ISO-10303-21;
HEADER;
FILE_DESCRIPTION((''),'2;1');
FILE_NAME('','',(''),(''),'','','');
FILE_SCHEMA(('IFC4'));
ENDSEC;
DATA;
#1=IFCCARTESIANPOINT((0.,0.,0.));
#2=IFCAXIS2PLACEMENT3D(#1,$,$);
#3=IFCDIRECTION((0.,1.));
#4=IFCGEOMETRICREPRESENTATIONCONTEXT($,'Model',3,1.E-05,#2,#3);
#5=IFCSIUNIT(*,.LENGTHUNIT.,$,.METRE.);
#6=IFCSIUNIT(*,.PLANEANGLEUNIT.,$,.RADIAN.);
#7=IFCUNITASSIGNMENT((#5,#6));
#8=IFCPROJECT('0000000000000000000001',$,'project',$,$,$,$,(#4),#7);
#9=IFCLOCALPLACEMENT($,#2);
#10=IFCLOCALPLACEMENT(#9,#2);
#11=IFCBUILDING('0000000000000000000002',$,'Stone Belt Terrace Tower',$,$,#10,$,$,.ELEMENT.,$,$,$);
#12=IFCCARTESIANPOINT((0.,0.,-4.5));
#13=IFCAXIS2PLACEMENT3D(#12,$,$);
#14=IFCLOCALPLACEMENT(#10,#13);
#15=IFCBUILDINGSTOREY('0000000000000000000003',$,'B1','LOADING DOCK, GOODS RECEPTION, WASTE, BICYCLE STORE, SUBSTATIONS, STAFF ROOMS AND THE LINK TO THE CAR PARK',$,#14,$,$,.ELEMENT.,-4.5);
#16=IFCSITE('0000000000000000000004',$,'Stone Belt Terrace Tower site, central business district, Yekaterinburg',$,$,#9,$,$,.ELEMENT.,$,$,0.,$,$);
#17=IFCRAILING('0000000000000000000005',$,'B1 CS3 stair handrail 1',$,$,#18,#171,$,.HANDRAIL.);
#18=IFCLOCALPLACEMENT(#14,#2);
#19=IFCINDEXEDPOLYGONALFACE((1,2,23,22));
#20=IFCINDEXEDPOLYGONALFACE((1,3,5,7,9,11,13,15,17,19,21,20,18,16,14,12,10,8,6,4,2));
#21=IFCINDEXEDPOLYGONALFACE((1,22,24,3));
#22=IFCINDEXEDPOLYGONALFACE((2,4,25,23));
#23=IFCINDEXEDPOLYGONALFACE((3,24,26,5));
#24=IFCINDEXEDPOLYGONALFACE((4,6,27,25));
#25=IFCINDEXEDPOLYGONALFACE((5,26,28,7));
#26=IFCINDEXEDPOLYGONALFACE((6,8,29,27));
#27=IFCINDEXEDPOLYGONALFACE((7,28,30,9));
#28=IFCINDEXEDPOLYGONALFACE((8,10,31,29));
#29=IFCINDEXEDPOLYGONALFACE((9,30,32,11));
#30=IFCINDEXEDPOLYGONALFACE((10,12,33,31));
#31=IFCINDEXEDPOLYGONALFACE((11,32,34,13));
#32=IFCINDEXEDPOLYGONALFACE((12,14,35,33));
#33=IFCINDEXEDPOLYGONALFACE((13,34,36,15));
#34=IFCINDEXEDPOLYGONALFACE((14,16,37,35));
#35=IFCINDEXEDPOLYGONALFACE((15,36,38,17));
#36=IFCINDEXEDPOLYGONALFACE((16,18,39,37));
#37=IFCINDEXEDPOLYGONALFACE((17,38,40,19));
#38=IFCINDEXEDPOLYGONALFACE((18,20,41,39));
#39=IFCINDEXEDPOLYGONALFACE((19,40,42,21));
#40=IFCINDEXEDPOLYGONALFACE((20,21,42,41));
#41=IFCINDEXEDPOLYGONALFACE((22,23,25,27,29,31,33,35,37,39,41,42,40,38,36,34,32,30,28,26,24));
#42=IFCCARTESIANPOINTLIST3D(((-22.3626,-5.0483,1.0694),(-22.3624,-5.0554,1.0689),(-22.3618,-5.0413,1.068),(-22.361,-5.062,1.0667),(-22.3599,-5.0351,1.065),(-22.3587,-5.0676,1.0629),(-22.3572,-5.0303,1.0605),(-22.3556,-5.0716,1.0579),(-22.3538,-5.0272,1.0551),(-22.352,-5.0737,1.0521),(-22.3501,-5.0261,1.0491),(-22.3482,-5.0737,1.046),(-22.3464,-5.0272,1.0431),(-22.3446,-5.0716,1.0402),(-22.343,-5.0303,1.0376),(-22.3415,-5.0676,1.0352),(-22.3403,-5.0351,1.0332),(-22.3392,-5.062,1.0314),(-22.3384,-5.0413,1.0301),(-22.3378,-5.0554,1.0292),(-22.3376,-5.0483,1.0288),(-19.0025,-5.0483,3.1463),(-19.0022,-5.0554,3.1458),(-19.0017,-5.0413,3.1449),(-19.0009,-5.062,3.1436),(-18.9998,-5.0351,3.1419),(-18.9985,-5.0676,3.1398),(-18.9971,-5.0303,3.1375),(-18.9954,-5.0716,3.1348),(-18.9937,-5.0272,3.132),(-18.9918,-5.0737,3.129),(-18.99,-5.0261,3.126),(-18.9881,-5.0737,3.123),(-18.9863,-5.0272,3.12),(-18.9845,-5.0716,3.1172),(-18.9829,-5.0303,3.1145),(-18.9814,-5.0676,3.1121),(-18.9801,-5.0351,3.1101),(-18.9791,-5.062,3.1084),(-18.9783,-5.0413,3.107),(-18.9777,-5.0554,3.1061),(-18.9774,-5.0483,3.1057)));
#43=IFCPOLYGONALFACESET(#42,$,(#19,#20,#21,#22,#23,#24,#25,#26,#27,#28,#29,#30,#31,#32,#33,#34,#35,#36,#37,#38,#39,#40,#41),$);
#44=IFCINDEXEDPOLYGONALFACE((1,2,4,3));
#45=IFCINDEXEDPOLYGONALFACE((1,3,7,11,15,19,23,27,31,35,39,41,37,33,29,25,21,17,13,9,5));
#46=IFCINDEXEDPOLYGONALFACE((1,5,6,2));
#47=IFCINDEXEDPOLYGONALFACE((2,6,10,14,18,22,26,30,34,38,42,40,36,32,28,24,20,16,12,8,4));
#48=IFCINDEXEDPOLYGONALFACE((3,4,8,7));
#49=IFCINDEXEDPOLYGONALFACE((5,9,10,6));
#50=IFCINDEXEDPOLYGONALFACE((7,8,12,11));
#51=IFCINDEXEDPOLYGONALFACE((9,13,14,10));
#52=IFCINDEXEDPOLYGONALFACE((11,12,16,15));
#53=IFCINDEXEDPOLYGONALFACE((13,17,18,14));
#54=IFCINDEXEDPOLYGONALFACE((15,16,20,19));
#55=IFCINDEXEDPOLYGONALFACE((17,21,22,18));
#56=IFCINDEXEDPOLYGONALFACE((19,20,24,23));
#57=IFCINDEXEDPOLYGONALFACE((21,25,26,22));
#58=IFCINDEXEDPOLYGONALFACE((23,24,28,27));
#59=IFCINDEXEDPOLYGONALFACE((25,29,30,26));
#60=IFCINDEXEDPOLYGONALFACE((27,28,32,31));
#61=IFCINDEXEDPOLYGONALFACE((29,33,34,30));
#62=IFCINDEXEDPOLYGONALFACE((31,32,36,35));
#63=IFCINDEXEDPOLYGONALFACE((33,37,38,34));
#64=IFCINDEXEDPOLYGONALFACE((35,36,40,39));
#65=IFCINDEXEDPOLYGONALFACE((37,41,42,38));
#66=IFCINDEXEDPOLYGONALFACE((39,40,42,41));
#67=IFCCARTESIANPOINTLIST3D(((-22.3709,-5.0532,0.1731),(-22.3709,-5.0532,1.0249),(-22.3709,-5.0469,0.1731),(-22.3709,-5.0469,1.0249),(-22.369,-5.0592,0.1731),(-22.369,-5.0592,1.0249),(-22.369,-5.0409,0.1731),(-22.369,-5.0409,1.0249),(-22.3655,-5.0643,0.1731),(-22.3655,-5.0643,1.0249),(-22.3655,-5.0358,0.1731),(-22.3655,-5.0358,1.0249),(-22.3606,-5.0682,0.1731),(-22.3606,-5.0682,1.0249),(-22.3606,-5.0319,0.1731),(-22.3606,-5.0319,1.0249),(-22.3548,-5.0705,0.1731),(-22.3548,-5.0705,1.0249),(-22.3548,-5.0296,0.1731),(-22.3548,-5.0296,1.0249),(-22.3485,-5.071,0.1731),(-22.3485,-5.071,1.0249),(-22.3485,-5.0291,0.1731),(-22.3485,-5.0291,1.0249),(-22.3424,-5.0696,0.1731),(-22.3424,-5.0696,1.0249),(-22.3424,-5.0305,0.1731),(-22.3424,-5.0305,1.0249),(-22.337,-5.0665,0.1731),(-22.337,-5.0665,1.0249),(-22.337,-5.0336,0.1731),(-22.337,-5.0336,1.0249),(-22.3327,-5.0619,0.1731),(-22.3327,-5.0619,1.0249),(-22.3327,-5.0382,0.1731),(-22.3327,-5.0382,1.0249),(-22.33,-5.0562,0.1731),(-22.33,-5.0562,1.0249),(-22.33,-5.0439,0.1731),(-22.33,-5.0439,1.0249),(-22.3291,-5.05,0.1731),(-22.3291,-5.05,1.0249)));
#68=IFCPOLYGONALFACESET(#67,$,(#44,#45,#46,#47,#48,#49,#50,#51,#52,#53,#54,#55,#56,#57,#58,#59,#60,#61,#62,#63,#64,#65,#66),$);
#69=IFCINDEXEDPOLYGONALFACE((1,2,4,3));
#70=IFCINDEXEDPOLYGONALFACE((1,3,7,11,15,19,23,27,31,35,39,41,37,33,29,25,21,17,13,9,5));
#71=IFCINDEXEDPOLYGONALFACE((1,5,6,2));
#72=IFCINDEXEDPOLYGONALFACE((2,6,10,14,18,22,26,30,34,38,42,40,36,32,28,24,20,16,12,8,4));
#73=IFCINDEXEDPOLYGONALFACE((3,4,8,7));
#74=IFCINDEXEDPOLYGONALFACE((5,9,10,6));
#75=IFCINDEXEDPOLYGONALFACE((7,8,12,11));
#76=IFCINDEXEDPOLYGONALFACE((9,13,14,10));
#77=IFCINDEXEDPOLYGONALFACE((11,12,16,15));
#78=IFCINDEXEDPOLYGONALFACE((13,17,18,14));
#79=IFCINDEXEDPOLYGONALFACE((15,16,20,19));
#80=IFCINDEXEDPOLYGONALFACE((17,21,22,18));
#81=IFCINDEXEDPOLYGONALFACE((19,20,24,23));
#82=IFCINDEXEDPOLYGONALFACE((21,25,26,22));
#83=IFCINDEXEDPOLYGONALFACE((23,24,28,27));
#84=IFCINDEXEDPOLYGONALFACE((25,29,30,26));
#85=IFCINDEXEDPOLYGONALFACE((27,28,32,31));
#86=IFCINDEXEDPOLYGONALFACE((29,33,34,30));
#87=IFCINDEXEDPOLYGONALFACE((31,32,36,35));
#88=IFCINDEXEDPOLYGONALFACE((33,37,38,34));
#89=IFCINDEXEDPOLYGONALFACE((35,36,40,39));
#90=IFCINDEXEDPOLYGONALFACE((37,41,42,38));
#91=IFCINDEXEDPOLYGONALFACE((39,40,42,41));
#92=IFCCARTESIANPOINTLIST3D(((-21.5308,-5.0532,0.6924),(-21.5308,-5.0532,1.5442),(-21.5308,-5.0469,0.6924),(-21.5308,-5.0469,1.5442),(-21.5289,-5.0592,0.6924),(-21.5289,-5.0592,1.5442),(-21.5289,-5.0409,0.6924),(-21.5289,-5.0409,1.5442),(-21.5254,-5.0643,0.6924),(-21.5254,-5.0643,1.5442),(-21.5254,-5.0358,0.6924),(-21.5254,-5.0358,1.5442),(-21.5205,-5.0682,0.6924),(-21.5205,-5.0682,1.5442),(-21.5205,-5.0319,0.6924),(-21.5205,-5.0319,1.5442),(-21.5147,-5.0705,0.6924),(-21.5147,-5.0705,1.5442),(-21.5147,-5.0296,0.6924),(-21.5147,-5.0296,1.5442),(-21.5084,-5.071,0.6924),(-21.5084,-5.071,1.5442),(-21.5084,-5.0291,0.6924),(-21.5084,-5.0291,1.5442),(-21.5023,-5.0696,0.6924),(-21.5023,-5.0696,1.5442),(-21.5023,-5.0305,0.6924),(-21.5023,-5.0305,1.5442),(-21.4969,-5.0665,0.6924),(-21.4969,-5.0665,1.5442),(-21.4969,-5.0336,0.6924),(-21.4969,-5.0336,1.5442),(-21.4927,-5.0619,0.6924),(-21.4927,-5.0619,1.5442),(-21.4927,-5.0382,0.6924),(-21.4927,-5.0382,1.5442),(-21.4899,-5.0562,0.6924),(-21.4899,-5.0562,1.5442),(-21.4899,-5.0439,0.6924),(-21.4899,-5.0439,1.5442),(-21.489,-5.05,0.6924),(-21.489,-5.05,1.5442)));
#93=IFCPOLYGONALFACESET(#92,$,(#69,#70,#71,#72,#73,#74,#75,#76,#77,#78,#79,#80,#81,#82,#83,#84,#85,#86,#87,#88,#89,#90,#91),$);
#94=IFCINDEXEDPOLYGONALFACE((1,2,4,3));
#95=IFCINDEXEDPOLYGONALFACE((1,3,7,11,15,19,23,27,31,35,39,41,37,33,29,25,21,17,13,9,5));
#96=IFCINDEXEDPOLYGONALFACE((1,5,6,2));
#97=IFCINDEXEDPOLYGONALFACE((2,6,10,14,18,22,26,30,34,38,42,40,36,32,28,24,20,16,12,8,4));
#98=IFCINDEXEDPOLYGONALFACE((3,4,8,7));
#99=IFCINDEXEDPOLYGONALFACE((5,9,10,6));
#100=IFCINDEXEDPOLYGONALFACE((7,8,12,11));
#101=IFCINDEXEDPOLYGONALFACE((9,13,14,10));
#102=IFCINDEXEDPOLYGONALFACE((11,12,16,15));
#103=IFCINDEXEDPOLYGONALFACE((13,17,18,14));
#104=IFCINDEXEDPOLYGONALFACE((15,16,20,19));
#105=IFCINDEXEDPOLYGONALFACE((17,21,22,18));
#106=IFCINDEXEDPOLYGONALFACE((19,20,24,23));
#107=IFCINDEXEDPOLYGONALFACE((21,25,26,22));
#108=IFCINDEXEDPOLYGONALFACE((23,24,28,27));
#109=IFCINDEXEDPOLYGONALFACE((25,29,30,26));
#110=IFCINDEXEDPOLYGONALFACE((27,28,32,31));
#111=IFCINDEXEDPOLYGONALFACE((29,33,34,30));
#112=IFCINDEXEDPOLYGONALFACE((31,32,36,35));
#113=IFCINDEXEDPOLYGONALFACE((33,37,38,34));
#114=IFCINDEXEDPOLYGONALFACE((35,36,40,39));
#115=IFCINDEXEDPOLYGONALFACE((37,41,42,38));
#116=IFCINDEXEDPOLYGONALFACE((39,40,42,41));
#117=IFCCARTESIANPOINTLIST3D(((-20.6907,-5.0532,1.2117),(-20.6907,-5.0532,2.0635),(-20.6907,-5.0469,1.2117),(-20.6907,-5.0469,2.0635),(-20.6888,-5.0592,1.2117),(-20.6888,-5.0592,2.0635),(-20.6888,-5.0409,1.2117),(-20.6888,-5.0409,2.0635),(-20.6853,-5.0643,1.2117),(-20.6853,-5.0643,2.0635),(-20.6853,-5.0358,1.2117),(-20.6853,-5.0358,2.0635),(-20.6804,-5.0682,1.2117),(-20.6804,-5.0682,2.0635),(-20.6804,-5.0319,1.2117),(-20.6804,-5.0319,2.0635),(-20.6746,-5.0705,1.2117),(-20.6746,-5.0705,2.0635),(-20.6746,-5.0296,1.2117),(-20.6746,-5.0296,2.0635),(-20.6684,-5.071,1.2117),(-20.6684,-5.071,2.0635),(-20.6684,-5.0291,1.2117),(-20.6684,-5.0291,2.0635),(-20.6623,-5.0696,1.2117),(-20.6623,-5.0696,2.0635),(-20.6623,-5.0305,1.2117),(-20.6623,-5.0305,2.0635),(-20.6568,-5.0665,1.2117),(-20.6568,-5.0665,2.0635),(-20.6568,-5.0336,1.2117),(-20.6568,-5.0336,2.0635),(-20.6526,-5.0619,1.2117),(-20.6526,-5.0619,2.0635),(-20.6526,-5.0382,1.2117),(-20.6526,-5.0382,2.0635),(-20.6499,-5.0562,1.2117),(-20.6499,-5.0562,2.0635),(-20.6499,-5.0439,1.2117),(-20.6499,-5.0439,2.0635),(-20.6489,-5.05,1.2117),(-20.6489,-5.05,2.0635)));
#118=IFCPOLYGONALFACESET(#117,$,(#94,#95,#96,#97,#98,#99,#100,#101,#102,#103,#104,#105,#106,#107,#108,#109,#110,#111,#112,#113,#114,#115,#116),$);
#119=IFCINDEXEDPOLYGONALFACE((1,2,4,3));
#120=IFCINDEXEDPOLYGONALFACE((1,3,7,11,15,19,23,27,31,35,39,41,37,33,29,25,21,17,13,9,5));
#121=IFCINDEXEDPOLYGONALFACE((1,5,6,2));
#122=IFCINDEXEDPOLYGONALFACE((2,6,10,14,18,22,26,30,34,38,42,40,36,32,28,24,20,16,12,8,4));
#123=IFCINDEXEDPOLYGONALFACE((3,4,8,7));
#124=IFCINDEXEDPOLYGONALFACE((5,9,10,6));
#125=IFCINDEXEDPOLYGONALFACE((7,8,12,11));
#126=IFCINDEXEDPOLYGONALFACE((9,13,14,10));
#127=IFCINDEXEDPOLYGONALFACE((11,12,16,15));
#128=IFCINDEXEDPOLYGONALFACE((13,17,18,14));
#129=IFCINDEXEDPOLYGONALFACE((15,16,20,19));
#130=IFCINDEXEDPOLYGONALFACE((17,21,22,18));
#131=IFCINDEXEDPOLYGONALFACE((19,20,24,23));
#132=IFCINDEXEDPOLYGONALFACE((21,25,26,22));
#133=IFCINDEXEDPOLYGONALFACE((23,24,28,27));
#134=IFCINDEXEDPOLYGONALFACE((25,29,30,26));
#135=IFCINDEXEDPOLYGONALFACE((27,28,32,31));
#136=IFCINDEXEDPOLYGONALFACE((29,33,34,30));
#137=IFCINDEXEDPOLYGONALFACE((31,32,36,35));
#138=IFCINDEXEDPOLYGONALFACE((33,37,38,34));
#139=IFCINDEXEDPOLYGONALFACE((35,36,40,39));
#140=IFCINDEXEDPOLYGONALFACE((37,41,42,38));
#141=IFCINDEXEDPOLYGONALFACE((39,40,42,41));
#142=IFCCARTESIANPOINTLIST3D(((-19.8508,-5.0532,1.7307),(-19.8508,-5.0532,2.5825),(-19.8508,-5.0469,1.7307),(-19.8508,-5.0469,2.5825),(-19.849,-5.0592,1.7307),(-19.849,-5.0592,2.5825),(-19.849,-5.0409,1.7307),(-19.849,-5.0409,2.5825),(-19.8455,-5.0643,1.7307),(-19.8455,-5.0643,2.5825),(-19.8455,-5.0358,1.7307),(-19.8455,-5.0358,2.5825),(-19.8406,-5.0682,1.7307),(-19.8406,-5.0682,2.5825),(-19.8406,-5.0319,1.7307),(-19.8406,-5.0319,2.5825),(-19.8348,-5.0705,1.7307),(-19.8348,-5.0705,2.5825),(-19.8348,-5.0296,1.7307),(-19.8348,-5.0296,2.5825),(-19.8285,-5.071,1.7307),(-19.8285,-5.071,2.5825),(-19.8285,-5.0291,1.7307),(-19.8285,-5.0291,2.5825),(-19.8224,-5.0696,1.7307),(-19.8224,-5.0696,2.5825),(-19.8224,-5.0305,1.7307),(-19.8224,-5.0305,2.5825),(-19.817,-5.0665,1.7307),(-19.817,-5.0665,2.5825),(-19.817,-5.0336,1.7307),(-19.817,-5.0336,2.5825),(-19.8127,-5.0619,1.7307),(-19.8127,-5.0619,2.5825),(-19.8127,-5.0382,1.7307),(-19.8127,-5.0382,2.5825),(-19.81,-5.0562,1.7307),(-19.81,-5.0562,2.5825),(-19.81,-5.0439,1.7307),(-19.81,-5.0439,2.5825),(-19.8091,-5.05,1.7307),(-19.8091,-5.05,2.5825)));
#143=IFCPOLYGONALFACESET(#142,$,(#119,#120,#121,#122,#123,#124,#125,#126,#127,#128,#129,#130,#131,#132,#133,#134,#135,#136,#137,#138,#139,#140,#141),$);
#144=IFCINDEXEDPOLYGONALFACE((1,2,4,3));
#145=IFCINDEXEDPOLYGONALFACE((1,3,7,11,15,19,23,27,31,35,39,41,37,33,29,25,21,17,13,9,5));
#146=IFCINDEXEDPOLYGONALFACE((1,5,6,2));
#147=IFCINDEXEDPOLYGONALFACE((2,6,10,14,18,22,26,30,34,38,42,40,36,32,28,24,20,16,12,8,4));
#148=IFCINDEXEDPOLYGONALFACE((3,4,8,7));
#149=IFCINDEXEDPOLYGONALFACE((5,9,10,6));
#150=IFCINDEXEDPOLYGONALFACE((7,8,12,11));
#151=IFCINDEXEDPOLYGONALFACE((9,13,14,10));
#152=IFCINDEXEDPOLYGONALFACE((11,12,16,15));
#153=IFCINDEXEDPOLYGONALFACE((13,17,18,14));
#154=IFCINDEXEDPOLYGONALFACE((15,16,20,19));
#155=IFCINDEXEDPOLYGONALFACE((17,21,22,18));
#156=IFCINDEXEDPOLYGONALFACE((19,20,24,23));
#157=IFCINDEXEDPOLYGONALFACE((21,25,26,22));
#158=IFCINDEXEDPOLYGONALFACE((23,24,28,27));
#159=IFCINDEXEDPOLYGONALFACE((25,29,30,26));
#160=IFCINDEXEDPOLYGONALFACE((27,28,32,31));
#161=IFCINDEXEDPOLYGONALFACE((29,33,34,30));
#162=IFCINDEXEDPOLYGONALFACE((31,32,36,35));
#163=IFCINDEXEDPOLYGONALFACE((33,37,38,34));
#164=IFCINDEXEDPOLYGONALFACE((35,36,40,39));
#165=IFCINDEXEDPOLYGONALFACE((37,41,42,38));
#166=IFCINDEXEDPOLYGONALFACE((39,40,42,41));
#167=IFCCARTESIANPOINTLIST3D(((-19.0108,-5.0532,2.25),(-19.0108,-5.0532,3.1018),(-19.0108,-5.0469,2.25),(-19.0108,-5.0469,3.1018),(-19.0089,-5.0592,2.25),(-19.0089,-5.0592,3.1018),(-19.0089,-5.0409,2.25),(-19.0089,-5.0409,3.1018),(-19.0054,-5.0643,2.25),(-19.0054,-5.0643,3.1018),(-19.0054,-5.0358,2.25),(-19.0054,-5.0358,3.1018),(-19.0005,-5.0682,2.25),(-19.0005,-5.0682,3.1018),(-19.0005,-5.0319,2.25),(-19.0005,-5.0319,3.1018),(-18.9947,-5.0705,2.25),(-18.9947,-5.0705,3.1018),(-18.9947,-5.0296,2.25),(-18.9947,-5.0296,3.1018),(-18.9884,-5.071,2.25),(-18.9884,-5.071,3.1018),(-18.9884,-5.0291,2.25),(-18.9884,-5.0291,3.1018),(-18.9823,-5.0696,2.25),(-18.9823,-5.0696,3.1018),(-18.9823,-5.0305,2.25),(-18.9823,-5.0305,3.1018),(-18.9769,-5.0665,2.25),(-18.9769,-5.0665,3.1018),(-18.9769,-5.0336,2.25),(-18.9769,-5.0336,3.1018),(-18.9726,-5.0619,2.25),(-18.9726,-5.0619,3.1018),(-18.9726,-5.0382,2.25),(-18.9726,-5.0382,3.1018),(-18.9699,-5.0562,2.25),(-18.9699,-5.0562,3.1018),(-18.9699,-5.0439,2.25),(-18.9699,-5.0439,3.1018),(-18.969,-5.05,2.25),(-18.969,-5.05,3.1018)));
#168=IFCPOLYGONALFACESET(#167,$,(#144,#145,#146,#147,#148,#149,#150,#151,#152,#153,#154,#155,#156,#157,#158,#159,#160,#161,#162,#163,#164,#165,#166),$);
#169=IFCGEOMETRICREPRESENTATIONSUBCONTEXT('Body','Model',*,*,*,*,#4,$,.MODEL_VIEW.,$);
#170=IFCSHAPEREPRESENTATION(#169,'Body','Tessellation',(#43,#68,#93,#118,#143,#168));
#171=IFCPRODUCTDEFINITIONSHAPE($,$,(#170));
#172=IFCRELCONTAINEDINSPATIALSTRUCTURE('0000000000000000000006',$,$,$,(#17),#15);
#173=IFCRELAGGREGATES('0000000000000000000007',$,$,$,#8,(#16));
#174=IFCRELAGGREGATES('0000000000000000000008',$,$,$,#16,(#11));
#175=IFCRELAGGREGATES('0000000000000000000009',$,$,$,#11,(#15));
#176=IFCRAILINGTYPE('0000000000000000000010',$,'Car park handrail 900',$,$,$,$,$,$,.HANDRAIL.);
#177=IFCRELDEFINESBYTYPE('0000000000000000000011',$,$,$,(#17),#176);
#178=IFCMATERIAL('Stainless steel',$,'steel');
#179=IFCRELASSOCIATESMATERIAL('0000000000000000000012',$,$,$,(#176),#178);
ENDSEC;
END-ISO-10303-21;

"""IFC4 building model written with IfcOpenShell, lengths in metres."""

from ifc_helpers import new_model, si_unit, direction, frame, origin, origin_2d, place, context, subcontext, project, spatial, circle, extrude, material, type_object, element, save


model = new_model("IFC4")

# Units and contexts
model_context = context("Model", 3, precision=1e-05, world=origin(), true_north=direction((0.0, 1.0)))
body_context = subcontext(model_context, "Body", "Model", "MODEL_VIEW")
ifc_project = project(units=[si_unit("LENGTHUNIT", "METRE"), si_unit("PLANEANGLEUNIT", "RADIAN")], contexts=[model_context])

# Site, building, storey
site_placement = place(None, origin())
site = spatial("IfcSite", under=ifc_project, at=site_placement, Name="Stone Belt Terrace Tower site, central business district, Yekaterinburg", CompositionType="ELEMENT", RefElevation=0.0)
building_placement = place(site_placement, origin())
building = spatial("IfcBuilding", under=site, at=building_placement, Name="Stone Belt Terrace Tower", CompositionType="ELEMENT")
storey_placement = place(building_placement, frame((0.0, 0.0, -4.5)))
storey = spatial("IfcBuildingStorey", under=building, at=storey_placement, Name="B1", Description="LOADING DOCK, GOODS RECEPTION, WASTE, BICYCLE STORE, SUBSTATIONS, STAFF ROOMS AND THE LINK TO THE CAR PARK", CompositionType="ELEMENT", Elevation=-4.5)

# Railing
ifc_material_1 = material(Name="Stainless steel", Category="steel")
railing_type_1 = type_object("IfcRailingType", Name="Car park handrail 900", PredefinedType="HANDRAIL", material=ifc_material_1)
railing_1_placement = place(storey_placement, frame((-22.3501, -5.05, 0.1731)))
element("IfcRailing", 1, at=railing_1_placement, inside=storey, type_object=railing_type_1, Name="B1 CS3 stair handrail 1", PredefinedType="HANDRAIL", context=body_context, shape_type="SweptSolid", body=[
    extrude(circle(Radius=0.0239, at=origin_2d()), frame((0.0, 0.0, 0.876), z_axis=(0.850623, 0.0, 0.525776), x_axis=(0.0, 1.0, 0.0)), (0.0, 0.0, 1.0), 3.9502),
    extrude(circle(Radius=0.021, at=origin_2d()), origin(), (0.0, 0.0, 1.0), 0.8518),
    extrude(circle(Radius=0.021, at=origin_2d()), frame((0.8401, 0.0, 0.5193)), (0.0, 0.0, 1.0), 0.8518),
    extrude(circle(Radius=0.021, at=origin_2d()), frame((1.6802, 0.0, 1.0386)), (0.0, 0.0, 1.0), 0.8518),
    extrude(circle(Radius=0.021, at=origin_2d()), frame((2.52, 0.0, 1.5576)), (0.0, 0.0, 1.0), 0.8518),
    extrude(circle(Radius=0.021, at=origin_2d()), frame((3.3601, 0.0, 2.0769)), (0.0, 0.0, 1.0), 0.8518),
])

save(model, "model.ifc")
